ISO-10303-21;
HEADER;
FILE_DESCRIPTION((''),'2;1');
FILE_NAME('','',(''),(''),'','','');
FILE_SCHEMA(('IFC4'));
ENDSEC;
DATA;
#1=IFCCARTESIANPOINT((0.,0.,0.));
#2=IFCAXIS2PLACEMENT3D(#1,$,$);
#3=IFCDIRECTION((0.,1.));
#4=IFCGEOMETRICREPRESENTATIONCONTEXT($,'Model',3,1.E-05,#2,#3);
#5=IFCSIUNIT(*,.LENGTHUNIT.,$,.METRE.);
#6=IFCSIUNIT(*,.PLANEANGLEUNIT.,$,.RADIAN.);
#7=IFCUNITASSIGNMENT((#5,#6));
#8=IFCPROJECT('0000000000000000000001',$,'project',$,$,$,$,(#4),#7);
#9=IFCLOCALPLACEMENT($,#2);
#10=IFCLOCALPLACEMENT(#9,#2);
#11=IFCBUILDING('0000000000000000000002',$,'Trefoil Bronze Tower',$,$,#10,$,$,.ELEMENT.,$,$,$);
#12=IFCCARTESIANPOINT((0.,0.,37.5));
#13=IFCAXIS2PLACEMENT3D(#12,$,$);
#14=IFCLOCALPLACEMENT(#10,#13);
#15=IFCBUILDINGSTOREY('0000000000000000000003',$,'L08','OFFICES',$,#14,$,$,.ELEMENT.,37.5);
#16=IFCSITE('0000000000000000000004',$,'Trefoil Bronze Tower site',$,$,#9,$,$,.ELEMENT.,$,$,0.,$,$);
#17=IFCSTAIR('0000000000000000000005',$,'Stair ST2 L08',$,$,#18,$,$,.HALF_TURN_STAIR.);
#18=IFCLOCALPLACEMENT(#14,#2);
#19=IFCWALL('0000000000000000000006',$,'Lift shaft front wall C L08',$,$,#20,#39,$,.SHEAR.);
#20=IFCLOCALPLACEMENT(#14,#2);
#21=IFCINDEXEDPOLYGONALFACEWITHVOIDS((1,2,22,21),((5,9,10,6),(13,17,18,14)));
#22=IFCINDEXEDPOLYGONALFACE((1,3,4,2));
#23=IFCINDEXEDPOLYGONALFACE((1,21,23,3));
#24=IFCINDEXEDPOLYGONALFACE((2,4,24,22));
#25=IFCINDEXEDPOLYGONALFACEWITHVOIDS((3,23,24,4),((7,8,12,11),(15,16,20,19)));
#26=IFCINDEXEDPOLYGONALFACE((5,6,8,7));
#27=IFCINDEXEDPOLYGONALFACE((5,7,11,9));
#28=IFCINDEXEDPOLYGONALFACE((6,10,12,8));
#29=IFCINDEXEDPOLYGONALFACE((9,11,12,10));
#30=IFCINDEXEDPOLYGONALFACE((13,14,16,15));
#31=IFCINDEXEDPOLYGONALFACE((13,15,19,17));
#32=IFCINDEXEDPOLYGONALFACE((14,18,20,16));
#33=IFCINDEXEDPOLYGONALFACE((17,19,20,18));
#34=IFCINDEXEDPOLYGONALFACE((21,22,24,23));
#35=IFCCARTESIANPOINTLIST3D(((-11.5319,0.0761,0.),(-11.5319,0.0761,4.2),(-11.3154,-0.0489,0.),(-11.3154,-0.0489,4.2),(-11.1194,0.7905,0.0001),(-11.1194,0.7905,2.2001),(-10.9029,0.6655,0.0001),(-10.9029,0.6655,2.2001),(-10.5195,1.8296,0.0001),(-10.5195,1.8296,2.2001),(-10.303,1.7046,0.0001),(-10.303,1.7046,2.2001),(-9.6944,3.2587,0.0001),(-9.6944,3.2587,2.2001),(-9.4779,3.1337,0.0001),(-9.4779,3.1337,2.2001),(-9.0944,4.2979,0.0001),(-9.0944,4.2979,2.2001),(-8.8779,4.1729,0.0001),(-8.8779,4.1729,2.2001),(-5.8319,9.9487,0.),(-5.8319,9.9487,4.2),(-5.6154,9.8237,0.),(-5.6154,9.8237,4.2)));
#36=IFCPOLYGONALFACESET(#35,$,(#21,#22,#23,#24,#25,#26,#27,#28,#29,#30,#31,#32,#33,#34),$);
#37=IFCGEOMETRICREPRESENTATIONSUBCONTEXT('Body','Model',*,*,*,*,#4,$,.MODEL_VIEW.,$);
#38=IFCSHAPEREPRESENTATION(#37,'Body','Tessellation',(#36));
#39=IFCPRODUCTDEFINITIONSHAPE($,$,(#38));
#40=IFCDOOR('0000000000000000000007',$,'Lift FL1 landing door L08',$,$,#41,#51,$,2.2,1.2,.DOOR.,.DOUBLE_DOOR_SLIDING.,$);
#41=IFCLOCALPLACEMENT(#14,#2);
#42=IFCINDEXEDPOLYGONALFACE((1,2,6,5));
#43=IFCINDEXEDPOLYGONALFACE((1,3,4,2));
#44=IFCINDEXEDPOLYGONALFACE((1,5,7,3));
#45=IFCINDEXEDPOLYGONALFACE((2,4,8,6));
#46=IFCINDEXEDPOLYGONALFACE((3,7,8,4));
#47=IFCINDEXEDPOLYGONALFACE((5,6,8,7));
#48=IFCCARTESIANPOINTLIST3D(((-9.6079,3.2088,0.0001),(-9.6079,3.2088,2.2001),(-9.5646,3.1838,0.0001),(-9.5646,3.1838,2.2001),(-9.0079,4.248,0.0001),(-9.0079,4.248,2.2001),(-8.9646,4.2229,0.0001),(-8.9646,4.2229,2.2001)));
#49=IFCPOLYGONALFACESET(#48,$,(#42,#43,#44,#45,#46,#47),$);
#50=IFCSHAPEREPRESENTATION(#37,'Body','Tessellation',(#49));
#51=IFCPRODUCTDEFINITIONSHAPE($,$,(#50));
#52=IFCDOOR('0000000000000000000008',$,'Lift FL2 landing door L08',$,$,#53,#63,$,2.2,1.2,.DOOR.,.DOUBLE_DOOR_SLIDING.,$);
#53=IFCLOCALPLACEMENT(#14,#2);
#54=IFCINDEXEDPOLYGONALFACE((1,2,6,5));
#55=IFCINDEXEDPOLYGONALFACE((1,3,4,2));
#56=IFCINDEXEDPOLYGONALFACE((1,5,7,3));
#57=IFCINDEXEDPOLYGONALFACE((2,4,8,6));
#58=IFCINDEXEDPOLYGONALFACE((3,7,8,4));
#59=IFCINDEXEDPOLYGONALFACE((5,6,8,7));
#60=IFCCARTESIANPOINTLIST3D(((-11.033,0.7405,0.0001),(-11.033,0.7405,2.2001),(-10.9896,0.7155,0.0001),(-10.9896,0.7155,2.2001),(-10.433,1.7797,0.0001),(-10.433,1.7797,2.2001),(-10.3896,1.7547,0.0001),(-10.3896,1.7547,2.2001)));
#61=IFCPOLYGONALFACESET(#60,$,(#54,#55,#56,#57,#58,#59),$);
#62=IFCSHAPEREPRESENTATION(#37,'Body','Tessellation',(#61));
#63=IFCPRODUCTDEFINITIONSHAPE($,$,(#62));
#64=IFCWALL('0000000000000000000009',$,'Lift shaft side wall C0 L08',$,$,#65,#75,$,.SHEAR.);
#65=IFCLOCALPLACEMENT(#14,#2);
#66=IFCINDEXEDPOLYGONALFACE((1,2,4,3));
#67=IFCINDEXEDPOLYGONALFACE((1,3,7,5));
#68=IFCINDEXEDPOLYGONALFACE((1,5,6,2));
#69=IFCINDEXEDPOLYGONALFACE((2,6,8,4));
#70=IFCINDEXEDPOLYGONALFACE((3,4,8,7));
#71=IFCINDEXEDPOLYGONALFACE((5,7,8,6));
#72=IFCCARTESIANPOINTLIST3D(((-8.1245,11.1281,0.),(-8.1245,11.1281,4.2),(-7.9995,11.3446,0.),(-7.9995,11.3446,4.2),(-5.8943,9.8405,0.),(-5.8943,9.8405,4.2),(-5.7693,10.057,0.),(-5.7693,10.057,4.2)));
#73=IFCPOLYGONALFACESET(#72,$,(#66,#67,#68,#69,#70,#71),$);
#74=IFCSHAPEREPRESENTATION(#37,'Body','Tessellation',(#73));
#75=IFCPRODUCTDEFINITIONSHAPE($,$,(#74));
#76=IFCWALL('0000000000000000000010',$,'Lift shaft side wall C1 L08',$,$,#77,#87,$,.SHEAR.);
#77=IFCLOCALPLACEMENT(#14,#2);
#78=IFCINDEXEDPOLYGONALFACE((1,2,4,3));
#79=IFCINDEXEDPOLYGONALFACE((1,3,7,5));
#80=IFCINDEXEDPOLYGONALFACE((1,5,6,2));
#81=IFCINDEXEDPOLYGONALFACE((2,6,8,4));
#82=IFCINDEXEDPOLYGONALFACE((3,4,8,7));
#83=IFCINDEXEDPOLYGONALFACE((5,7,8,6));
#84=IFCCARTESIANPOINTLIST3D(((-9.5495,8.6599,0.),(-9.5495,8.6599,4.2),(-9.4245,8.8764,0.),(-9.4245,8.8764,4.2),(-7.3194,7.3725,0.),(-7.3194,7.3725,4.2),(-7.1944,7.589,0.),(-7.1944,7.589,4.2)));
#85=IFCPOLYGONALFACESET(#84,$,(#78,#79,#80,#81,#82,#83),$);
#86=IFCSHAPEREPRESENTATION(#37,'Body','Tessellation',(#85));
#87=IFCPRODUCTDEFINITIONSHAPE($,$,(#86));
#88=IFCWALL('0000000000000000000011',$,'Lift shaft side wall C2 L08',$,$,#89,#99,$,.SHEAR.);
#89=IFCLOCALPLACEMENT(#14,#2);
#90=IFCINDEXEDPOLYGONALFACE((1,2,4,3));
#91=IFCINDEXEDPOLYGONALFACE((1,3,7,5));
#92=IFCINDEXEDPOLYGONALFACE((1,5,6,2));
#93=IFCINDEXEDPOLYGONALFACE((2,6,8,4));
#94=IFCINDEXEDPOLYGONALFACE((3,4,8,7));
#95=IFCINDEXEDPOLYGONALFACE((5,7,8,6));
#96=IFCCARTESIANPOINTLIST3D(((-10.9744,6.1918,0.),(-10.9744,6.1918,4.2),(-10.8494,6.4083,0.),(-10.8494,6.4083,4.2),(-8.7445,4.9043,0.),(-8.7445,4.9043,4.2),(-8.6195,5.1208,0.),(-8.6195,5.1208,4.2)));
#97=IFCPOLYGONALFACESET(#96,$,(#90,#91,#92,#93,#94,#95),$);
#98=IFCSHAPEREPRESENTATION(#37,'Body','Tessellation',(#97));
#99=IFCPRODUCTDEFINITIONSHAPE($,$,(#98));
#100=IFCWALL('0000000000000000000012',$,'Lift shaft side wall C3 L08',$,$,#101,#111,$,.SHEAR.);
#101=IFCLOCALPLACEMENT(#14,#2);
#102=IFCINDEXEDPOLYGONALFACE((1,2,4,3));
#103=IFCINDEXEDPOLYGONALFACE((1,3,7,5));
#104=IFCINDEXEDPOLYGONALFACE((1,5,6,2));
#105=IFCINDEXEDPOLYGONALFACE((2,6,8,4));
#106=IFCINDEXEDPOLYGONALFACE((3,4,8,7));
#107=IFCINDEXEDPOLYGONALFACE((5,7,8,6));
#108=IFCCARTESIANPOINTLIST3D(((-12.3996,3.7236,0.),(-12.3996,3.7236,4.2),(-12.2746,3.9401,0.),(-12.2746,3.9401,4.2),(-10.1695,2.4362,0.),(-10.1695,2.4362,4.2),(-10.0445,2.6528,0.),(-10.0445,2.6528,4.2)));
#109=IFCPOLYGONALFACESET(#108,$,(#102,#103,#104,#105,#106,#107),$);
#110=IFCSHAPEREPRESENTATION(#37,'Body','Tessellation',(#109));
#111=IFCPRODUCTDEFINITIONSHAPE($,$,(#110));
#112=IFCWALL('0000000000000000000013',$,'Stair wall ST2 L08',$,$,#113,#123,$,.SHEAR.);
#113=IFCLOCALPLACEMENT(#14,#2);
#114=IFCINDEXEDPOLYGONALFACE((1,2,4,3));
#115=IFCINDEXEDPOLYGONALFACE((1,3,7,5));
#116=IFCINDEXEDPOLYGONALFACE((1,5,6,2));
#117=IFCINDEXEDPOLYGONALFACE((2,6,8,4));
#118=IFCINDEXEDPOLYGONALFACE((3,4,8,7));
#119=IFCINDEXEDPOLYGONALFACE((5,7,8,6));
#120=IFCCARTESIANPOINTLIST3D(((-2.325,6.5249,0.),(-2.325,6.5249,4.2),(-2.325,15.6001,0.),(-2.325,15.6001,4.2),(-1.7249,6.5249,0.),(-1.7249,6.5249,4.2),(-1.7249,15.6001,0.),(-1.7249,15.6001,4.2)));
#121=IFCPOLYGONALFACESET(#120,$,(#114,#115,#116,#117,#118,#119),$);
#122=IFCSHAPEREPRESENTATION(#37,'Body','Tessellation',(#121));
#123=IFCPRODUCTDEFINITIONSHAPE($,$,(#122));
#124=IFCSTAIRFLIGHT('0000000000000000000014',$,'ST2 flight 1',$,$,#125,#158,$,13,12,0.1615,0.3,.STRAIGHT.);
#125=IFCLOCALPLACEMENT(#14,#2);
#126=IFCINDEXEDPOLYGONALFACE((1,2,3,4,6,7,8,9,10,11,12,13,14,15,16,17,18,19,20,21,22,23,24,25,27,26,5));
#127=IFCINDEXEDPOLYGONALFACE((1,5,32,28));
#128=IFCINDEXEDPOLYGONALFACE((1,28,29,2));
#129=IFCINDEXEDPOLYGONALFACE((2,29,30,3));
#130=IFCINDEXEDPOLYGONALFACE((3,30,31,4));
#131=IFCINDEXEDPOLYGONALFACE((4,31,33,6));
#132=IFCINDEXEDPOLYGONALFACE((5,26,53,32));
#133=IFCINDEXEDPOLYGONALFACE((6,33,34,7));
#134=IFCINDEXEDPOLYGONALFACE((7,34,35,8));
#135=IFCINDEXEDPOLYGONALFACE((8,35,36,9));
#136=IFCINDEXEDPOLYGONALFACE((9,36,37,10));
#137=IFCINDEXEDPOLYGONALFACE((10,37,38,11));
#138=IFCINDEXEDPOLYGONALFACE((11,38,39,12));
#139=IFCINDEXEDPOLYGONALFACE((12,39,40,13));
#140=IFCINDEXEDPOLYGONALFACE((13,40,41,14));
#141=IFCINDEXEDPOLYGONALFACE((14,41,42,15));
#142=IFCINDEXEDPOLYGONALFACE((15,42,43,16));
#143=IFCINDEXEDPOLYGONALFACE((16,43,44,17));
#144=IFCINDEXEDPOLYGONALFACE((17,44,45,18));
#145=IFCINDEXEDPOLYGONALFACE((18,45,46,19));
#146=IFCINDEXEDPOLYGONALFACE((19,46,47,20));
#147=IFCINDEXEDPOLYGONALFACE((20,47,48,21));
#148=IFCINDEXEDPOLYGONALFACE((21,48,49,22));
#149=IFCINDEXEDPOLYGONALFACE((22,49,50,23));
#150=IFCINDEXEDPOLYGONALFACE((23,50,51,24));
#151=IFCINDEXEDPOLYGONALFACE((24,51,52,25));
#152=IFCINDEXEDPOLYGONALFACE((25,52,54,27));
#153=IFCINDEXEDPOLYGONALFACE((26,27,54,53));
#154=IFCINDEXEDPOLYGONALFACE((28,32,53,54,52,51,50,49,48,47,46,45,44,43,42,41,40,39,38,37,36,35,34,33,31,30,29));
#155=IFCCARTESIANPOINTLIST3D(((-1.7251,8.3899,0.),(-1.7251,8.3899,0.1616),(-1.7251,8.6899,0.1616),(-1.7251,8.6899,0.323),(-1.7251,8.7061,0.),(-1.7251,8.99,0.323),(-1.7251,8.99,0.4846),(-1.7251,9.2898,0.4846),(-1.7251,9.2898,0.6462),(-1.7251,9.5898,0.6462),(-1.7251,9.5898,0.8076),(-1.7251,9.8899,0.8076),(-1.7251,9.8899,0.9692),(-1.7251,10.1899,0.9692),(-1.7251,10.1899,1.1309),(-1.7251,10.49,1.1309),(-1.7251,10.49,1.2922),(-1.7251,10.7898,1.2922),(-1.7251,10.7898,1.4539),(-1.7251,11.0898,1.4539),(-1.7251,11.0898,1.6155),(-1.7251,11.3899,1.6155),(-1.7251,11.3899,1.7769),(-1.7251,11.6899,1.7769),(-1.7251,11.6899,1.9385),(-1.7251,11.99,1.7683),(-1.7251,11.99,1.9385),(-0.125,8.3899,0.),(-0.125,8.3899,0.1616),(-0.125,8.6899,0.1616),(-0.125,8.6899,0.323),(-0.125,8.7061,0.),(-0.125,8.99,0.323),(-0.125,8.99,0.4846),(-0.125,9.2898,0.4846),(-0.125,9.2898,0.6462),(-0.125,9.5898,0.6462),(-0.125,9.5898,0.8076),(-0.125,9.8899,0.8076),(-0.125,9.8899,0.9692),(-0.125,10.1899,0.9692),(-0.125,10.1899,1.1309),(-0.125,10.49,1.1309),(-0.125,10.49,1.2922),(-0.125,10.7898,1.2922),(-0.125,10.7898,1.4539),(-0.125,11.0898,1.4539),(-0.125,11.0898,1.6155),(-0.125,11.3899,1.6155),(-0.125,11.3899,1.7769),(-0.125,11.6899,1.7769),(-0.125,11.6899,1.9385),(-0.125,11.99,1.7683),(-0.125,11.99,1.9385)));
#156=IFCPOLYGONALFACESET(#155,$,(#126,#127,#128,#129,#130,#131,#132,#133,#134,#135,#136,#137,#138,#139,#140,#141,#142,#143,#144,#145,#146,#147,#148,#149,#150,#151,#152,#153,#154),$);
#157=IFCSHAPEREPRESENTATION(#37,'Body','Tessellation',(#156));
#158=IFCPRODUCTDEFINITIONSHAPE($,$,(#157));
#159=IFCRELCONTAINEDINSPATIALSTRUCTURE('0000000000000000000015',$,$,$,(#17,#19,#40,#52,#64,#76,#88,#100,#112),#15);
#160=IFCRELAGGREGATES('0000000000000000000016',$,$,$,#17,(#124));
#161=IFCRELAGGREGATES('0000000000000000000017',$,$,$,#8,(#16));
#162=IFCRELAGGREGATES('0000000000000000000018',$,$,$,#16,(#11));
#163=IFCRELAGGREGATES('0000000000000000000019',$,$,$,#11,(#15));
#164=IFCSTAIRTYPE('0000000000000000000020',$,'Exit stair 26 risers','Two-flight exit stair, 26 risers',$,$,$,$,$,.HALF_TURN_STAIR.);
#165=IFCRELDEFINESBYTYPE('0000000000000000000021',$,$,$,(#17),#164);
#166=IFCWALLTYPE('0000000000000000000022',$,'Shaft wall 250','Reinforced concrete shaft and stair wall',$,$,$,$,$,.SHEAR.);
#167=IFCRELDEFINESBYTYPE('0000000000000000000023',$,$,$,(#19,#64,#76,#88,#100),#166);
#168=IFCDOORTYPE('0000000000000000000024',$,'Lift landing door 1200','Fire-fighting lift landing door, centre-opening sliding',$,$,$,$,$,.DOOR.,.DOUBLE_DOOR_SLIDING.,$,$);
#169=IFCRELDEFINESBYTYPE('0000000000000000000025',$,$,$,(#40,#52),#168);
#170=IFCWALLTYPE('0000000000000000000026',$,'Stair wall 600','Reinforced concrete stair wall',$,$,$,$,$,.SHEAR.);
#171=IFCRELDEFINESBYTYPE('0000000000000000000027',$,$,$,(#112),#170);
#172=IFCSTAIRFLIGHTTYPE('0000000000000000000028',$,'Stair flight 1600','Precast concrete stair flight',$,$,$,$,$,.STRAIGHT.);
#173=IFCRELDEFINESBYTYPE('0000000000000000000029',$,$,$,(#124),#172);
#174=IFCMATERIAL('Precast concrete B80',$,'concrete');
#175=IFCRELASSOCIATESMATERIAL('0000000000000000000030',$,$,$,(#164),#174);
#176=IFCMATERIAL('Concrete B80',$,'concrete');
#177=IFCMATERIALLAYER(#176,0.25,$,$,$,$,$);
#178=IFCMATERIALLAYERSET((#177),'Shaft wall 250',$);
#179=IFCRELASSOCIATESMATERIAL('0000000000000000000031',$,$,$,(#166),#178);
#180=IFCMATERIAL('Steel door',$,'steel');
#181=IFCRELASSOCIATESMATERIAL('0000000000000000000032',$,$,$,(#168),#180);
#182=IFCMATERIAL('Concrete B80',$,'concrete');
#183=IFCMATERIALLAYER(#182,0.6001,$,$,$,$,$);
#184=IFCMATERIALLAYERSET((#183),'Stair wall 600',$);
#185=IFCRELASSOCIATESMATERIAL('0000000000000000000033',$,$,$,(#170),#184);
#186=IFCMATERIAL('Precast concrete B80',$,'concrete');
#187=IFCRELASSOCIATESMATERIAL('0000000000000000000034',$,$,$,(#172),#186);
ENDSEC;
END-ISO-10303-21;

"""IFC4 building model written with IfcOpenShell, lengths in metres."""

from ifc_helpers import new_model, si_unit, direction, frame, frame_2d, origin, place, context, subcontext, project, spatial, polyline, rectangle, outline, extrude, material, layer, layer_set, type_object, element, fill, aggregate, save


model = new_model("IFC4")

# Units and contexts
model_context = context("Model", 3, precision=1e-05, world=origin(), true_north=direction((0.0, 1.0)))
body_context = subcontext(model_context, "Body", "Model", "MODEL_VIEW")
ifc_project = project(units=[si_unit("LENGTHUNIT", "METRE"), si_unit("PLANEANGLEUNIT", "RADIAN")], contexts=[model_context])

# Site, building, storey
site_placement = place(None, origin())
site = spatial("IfcSite", under=ifc_project, at=site_placement, Name="Trefoil Bronze Tower site", CompositionType="ELEMENT", RefElevation=0.0)
building_placement = place(site_placement, origin())
building = spatial("IfcBuilding", under=site, at=building_placement, Name="Trefoil Bronze Tower", CompositionType="ELEMENT")
storey_placement = place(building_placement, frame((0.0, 0.0, 37.5)))
storey = spatial("IfcBuildingStorey", under=building, at=storey_placement, Name="L08", Description="OFFICES", CompositionType="ELEMENT", Elevation=37.5)

# Stair
ifc_material_1 = material(Name="Precast concrete B80", Category="concrete")
stair_type = type_object("IfcStairType", Name="Exit stair 26 risers", Description="Two-flight exit stair, 26 risers", PredefinedType="HALF_TURN_STAIR", material=ifc_material_1)
stair_1_placement = place(storey_placement, origin())
stair_1 = element("IfcStair", 1, at=stair_1_placement, inside=storey, type_object=stair_type, Name="Stair ST2 L08", PredefinedType="HALF_TURN_STAIR")

# Wall, openings, doors
ifc_material_2 = material(Name="Concrete B80", Category="concrete")
ifc_layer_1 = layer(ifc_material_2, 0.25)
ifc_layer_set_1 = layer_set([ifc_layer_1], Name="Shaft wall 250")
wall_type_1 = type_object("IfcWallType", Name="Shaft wall 250", Description="Reinforced concrete shaft and stair wall", PredefinedType="SHEAR", material=ifc_layer_set_1)
wall_1_placement = place(storey_placement, frame((-5.7236, 9.8862, 0.0), z_axis=(0.0, 0.0, 1.0), x_axis=(-0.500002, -0.866024, 0.0)))
wall_1 = element("IfcWall", 2, at=wall_1_placement, inside=storey, type_object=wall_type_1, Name="Lift shaft front wall C L08", PredefinedType="SHEAR", context=body_context, shape_type="SweptSolid", body=[
    extrude(rectangle(XDim=11.3999, YDim=0.25, at=frame_2d((5.7, 0.0))), origin(), (0.0, 0.0, 1.0), 4.2),
])
opening_1_placement = place(wall_1_placement, frame((6.5249, 0.0, 0.0)))
opening_1 = element("IfcOpeningElement", 3, at=opening_1_placement, cuts=wall_1, PredefinedType="OPENING", context=body_context, shape_type="SweptSolid", body=[
    extrude(rectangle(XDim=1.2, YDim=2.2, at=frame_2d((0.6001, 1.1001))), frame((0.0, 0.135, 0.0), z_axis=(0.0, -1.0, 0.0), x_axis=(1.0, 0.0, 0.0)), (0.0, 0.0, 1.0), 0.27),
])
opening_2_placement = place(wall_1_placement, frame((9.375, 0.0, 0.0)))
opening_2 = element("IfcOpeningElement", 4, at=opening_2_placement, cuts=wall_1, PredefinedType="OPENING", context=body_context, shape_type="SweptSolid", body=[
    extrude(rectangle(XDim=1.2, YDim=2.2, at=frame_2d((0.6001, 1.1001))), frame((0.0, 0.135, 0.0), z_axis=(0.0, -1.0, 0.0), x_axis=(1.0, 0.0, 0.0)), (0.0, 0.0, 1.0), 0.27),
])
ifc_material_3 = material(Name="Steel door", Category="steel")
door_type_1 = type_object("IfcDoorType", Name="Lift landing door 1200", Description="Fire-fighting lift landing door, centre-opening sliding", OperationType="DOUBLE_DOOR_SLIDING", PredefinedType="DOOR", material=ifc_material_3)
door_1_placement = place(opening_1_placement, origin())
door_1 = element("IfcDoor", 5, at=door_1_placement, inside=storey, type_object=door_type_1, Name="Lift FL1 landing door L08", OperationType="DOUBLE_DOOR_SLIDING", OverallHeight=2.2, OverallWidth=1.2, PredefinedType="DOOR", context=body_context, shape_type="SweptSolid", body=[
    extrude(rectangle(XDim=1.2, YDim=2.2, at=frame_2d((0.6001, 1.1001))), frame((0.0, 0.0249, 0.0), z_axis=(0.0, -1.0, 0.0), x_axis=(1.0, 0.0, 0.0)), (0.0, 0.0, 1.0), 0.05),
])
fill(opening_1, door_1)
door_2_placement = place(opening_2_placement, origin())
door_2 = element("IfcDoor", 6, at=door_2_placement, inside=storey, type_object=door_type_1, Name="Lift FL2 landing door L08", OperationType="DOUBLE_DOOR_SLIDING", OverallHeight=2.2, OverallWidth=1.2, PredefinedType="DOOR", context=body_context, shape_type="SweptSolid", body=[
    extrude(rectangle(XDim=1.2, YDim=2.2, at=frame_2d((0.6001, 1.1001))), frame((0.0, 0.0249, 0.0), z_axis=(0.0, -1.0, 0.0), x_axis=(1.0, 0.0, 0.0)), (0.0, 0.0, 1.0), 0.05),
])
fill(opening_2, door_2)

# Walls
wall_2_placement = place(storey_placement, frame((-5.8318, 9.9487, 0.0), z_axis=(0.0, 0.0, 1.0), x_axis=(-0.866029, 0.499993, 0.0)))
element("IfcWall", 7, at=wall_2_placement, inside=storey, type_object=wall_type_1, Name="Lift shaft side wall C0 L08", PredefinedType="SHEAR", context=body_context, shape_type="SweptSolid", body=[
    extrude(rectangle(XDim=2.5752, YDim=0.25, at=frame_2d((1.2876, 0.0))), origin(), (0.0, 0.0, 1.0), 4.2),
])
for number, where, z_axis, x_axis, name in (
    (8, (-7.2568, 7.4807, 0.0), (0.0, 0.0, 1.0), (-0.866047, 0.499963, 0.0), "Lift shaft side wall C1 L08"),
    (9, (-8.6819, 5.0125, 0.0), (0.0, 0.0, 1.0), (-0.866006, 0.500034, 0.0), "Lift shaft side wall C2 L08"),
    (10, (-10.1069, 2.5444, 0.0), (0.0, 0.0, 1.0), (-0.866047, 0.499963, 0.0), "Lift shaft side wall C3 L08"),
):
    element("IfcWall", number, at=place(storey_placement, frame(where, z_axis=z_axis, x_axis=x_axis)), inside=storey, type_object=wall_type_1, Name=name, PredefinedType="SHEAR", context=body_context, shape_type="SweptSolid", body=[
        extrude(rectangle(XDim=2.575, YDim=0.25, at=frame_2d((1.2876, 0.0))), origin(), (0.0, 0.0, 1.0), 4.2),
    ])
ifc_material_4 = material(Name="Concrete B80", Category="concrete")
ifc_layer_2 = layer(ifc_material_4, 0.6001)
ifc_layer_set_2 = layer_set([ifc_layer_2], Name="Stair wall 600")
wall_type_2 = type_object("IfcWallType", Name="Stair wall 600", Description="Reinforced concrete stair wall", PredefinedType="SHEAR", material=ifc_layer_set_2)
wall_3_placement = place(storey_placement, frame((-2.0249, 6.5249, 0.0), z_axis=(0.0, 0.0, 1.0), x_axis=(0.0, 1.0, 0.0)))
element("IfcWall", 11, at=wall_3_placement, inside=storey, type_object=wall_type_2, Name="Stair wall ST2 L08", PredefinedType="SHEAR", context=body_context, shape_type="SweptSolid", body=[
    extrude(rectangle(XDim=9.0752, YDim=0.6001, at=frame_2d((4.5376, 0.0))), origin(), (0.0, 0.0, 1.0), 4.2),
])

# Stair flight
ifc_material_5 = material(Name="Precast concrete B80", Category="concrete")
stair_flight_type = type_object("IfcStairFlightType", Name="Stair flight 1600", Description="Precast concrete stair flight", PredefinedType="STRAIGHT", material=ifc_material_5)
stair_flight_placement = place(storey_placement, frame((-0.925, 8.3899, 0.0), z_axis=(0.0, 0.0, 1.0), x_axis=(0.0, 1.0, 0.0)))
stair_flight = element("IfcStairFlight", 12, at=stair_flight_placement, type_object=stair_flight_type, Name="ST2 flight 1", NumberOfRisers=13, NumberOfTreads=12, PredefinedType="STRAIGHT", RiserHeight=0.1615, TreadLength=0.3, context=body_context, shape_type="SweptSolid", body=[
    extrude(outline(polyline([(0.0, 0.0), (0.0, 0.1616), (0.3, 0.1616), (0.3, 0.323), (0.6001, 0.323), (0.6001, 0.4846), (0.8999, 0.4846), (0.8999, 0.6462), (1.2, 0.6462), (1.2, 0.8076), (1.5, 0.8076), (1.5, 0.9692), (1.8, 0.9692), (1.8, 1.1309), (2.1001, 1.1309), (2.1001, 1.2922), (2.3999, 1.2922), (2.3999, 1.4539), (2.7, 1.4539), (2.7, 1.6155), (3.0, 1.6155), (3.0, 1.7769), (3.3, 1.7769), (3.3, 1.9385), (3.6001, 1.9385), (3.6001, 2.1001), (3.6001, 1.7683), (0.3162, 0.0), (0.0, 0.0)])), frame((0.0, 0.8, 0.0), z_axis=(0.0, -1.0, 0.0), x_axis=(1.0, 0.0, 0.0)), (0.0, 0.0, 1.0), 1.6001),
])
aggregate(stair_1, [stair_flight])

save(model, "model.ifc")
